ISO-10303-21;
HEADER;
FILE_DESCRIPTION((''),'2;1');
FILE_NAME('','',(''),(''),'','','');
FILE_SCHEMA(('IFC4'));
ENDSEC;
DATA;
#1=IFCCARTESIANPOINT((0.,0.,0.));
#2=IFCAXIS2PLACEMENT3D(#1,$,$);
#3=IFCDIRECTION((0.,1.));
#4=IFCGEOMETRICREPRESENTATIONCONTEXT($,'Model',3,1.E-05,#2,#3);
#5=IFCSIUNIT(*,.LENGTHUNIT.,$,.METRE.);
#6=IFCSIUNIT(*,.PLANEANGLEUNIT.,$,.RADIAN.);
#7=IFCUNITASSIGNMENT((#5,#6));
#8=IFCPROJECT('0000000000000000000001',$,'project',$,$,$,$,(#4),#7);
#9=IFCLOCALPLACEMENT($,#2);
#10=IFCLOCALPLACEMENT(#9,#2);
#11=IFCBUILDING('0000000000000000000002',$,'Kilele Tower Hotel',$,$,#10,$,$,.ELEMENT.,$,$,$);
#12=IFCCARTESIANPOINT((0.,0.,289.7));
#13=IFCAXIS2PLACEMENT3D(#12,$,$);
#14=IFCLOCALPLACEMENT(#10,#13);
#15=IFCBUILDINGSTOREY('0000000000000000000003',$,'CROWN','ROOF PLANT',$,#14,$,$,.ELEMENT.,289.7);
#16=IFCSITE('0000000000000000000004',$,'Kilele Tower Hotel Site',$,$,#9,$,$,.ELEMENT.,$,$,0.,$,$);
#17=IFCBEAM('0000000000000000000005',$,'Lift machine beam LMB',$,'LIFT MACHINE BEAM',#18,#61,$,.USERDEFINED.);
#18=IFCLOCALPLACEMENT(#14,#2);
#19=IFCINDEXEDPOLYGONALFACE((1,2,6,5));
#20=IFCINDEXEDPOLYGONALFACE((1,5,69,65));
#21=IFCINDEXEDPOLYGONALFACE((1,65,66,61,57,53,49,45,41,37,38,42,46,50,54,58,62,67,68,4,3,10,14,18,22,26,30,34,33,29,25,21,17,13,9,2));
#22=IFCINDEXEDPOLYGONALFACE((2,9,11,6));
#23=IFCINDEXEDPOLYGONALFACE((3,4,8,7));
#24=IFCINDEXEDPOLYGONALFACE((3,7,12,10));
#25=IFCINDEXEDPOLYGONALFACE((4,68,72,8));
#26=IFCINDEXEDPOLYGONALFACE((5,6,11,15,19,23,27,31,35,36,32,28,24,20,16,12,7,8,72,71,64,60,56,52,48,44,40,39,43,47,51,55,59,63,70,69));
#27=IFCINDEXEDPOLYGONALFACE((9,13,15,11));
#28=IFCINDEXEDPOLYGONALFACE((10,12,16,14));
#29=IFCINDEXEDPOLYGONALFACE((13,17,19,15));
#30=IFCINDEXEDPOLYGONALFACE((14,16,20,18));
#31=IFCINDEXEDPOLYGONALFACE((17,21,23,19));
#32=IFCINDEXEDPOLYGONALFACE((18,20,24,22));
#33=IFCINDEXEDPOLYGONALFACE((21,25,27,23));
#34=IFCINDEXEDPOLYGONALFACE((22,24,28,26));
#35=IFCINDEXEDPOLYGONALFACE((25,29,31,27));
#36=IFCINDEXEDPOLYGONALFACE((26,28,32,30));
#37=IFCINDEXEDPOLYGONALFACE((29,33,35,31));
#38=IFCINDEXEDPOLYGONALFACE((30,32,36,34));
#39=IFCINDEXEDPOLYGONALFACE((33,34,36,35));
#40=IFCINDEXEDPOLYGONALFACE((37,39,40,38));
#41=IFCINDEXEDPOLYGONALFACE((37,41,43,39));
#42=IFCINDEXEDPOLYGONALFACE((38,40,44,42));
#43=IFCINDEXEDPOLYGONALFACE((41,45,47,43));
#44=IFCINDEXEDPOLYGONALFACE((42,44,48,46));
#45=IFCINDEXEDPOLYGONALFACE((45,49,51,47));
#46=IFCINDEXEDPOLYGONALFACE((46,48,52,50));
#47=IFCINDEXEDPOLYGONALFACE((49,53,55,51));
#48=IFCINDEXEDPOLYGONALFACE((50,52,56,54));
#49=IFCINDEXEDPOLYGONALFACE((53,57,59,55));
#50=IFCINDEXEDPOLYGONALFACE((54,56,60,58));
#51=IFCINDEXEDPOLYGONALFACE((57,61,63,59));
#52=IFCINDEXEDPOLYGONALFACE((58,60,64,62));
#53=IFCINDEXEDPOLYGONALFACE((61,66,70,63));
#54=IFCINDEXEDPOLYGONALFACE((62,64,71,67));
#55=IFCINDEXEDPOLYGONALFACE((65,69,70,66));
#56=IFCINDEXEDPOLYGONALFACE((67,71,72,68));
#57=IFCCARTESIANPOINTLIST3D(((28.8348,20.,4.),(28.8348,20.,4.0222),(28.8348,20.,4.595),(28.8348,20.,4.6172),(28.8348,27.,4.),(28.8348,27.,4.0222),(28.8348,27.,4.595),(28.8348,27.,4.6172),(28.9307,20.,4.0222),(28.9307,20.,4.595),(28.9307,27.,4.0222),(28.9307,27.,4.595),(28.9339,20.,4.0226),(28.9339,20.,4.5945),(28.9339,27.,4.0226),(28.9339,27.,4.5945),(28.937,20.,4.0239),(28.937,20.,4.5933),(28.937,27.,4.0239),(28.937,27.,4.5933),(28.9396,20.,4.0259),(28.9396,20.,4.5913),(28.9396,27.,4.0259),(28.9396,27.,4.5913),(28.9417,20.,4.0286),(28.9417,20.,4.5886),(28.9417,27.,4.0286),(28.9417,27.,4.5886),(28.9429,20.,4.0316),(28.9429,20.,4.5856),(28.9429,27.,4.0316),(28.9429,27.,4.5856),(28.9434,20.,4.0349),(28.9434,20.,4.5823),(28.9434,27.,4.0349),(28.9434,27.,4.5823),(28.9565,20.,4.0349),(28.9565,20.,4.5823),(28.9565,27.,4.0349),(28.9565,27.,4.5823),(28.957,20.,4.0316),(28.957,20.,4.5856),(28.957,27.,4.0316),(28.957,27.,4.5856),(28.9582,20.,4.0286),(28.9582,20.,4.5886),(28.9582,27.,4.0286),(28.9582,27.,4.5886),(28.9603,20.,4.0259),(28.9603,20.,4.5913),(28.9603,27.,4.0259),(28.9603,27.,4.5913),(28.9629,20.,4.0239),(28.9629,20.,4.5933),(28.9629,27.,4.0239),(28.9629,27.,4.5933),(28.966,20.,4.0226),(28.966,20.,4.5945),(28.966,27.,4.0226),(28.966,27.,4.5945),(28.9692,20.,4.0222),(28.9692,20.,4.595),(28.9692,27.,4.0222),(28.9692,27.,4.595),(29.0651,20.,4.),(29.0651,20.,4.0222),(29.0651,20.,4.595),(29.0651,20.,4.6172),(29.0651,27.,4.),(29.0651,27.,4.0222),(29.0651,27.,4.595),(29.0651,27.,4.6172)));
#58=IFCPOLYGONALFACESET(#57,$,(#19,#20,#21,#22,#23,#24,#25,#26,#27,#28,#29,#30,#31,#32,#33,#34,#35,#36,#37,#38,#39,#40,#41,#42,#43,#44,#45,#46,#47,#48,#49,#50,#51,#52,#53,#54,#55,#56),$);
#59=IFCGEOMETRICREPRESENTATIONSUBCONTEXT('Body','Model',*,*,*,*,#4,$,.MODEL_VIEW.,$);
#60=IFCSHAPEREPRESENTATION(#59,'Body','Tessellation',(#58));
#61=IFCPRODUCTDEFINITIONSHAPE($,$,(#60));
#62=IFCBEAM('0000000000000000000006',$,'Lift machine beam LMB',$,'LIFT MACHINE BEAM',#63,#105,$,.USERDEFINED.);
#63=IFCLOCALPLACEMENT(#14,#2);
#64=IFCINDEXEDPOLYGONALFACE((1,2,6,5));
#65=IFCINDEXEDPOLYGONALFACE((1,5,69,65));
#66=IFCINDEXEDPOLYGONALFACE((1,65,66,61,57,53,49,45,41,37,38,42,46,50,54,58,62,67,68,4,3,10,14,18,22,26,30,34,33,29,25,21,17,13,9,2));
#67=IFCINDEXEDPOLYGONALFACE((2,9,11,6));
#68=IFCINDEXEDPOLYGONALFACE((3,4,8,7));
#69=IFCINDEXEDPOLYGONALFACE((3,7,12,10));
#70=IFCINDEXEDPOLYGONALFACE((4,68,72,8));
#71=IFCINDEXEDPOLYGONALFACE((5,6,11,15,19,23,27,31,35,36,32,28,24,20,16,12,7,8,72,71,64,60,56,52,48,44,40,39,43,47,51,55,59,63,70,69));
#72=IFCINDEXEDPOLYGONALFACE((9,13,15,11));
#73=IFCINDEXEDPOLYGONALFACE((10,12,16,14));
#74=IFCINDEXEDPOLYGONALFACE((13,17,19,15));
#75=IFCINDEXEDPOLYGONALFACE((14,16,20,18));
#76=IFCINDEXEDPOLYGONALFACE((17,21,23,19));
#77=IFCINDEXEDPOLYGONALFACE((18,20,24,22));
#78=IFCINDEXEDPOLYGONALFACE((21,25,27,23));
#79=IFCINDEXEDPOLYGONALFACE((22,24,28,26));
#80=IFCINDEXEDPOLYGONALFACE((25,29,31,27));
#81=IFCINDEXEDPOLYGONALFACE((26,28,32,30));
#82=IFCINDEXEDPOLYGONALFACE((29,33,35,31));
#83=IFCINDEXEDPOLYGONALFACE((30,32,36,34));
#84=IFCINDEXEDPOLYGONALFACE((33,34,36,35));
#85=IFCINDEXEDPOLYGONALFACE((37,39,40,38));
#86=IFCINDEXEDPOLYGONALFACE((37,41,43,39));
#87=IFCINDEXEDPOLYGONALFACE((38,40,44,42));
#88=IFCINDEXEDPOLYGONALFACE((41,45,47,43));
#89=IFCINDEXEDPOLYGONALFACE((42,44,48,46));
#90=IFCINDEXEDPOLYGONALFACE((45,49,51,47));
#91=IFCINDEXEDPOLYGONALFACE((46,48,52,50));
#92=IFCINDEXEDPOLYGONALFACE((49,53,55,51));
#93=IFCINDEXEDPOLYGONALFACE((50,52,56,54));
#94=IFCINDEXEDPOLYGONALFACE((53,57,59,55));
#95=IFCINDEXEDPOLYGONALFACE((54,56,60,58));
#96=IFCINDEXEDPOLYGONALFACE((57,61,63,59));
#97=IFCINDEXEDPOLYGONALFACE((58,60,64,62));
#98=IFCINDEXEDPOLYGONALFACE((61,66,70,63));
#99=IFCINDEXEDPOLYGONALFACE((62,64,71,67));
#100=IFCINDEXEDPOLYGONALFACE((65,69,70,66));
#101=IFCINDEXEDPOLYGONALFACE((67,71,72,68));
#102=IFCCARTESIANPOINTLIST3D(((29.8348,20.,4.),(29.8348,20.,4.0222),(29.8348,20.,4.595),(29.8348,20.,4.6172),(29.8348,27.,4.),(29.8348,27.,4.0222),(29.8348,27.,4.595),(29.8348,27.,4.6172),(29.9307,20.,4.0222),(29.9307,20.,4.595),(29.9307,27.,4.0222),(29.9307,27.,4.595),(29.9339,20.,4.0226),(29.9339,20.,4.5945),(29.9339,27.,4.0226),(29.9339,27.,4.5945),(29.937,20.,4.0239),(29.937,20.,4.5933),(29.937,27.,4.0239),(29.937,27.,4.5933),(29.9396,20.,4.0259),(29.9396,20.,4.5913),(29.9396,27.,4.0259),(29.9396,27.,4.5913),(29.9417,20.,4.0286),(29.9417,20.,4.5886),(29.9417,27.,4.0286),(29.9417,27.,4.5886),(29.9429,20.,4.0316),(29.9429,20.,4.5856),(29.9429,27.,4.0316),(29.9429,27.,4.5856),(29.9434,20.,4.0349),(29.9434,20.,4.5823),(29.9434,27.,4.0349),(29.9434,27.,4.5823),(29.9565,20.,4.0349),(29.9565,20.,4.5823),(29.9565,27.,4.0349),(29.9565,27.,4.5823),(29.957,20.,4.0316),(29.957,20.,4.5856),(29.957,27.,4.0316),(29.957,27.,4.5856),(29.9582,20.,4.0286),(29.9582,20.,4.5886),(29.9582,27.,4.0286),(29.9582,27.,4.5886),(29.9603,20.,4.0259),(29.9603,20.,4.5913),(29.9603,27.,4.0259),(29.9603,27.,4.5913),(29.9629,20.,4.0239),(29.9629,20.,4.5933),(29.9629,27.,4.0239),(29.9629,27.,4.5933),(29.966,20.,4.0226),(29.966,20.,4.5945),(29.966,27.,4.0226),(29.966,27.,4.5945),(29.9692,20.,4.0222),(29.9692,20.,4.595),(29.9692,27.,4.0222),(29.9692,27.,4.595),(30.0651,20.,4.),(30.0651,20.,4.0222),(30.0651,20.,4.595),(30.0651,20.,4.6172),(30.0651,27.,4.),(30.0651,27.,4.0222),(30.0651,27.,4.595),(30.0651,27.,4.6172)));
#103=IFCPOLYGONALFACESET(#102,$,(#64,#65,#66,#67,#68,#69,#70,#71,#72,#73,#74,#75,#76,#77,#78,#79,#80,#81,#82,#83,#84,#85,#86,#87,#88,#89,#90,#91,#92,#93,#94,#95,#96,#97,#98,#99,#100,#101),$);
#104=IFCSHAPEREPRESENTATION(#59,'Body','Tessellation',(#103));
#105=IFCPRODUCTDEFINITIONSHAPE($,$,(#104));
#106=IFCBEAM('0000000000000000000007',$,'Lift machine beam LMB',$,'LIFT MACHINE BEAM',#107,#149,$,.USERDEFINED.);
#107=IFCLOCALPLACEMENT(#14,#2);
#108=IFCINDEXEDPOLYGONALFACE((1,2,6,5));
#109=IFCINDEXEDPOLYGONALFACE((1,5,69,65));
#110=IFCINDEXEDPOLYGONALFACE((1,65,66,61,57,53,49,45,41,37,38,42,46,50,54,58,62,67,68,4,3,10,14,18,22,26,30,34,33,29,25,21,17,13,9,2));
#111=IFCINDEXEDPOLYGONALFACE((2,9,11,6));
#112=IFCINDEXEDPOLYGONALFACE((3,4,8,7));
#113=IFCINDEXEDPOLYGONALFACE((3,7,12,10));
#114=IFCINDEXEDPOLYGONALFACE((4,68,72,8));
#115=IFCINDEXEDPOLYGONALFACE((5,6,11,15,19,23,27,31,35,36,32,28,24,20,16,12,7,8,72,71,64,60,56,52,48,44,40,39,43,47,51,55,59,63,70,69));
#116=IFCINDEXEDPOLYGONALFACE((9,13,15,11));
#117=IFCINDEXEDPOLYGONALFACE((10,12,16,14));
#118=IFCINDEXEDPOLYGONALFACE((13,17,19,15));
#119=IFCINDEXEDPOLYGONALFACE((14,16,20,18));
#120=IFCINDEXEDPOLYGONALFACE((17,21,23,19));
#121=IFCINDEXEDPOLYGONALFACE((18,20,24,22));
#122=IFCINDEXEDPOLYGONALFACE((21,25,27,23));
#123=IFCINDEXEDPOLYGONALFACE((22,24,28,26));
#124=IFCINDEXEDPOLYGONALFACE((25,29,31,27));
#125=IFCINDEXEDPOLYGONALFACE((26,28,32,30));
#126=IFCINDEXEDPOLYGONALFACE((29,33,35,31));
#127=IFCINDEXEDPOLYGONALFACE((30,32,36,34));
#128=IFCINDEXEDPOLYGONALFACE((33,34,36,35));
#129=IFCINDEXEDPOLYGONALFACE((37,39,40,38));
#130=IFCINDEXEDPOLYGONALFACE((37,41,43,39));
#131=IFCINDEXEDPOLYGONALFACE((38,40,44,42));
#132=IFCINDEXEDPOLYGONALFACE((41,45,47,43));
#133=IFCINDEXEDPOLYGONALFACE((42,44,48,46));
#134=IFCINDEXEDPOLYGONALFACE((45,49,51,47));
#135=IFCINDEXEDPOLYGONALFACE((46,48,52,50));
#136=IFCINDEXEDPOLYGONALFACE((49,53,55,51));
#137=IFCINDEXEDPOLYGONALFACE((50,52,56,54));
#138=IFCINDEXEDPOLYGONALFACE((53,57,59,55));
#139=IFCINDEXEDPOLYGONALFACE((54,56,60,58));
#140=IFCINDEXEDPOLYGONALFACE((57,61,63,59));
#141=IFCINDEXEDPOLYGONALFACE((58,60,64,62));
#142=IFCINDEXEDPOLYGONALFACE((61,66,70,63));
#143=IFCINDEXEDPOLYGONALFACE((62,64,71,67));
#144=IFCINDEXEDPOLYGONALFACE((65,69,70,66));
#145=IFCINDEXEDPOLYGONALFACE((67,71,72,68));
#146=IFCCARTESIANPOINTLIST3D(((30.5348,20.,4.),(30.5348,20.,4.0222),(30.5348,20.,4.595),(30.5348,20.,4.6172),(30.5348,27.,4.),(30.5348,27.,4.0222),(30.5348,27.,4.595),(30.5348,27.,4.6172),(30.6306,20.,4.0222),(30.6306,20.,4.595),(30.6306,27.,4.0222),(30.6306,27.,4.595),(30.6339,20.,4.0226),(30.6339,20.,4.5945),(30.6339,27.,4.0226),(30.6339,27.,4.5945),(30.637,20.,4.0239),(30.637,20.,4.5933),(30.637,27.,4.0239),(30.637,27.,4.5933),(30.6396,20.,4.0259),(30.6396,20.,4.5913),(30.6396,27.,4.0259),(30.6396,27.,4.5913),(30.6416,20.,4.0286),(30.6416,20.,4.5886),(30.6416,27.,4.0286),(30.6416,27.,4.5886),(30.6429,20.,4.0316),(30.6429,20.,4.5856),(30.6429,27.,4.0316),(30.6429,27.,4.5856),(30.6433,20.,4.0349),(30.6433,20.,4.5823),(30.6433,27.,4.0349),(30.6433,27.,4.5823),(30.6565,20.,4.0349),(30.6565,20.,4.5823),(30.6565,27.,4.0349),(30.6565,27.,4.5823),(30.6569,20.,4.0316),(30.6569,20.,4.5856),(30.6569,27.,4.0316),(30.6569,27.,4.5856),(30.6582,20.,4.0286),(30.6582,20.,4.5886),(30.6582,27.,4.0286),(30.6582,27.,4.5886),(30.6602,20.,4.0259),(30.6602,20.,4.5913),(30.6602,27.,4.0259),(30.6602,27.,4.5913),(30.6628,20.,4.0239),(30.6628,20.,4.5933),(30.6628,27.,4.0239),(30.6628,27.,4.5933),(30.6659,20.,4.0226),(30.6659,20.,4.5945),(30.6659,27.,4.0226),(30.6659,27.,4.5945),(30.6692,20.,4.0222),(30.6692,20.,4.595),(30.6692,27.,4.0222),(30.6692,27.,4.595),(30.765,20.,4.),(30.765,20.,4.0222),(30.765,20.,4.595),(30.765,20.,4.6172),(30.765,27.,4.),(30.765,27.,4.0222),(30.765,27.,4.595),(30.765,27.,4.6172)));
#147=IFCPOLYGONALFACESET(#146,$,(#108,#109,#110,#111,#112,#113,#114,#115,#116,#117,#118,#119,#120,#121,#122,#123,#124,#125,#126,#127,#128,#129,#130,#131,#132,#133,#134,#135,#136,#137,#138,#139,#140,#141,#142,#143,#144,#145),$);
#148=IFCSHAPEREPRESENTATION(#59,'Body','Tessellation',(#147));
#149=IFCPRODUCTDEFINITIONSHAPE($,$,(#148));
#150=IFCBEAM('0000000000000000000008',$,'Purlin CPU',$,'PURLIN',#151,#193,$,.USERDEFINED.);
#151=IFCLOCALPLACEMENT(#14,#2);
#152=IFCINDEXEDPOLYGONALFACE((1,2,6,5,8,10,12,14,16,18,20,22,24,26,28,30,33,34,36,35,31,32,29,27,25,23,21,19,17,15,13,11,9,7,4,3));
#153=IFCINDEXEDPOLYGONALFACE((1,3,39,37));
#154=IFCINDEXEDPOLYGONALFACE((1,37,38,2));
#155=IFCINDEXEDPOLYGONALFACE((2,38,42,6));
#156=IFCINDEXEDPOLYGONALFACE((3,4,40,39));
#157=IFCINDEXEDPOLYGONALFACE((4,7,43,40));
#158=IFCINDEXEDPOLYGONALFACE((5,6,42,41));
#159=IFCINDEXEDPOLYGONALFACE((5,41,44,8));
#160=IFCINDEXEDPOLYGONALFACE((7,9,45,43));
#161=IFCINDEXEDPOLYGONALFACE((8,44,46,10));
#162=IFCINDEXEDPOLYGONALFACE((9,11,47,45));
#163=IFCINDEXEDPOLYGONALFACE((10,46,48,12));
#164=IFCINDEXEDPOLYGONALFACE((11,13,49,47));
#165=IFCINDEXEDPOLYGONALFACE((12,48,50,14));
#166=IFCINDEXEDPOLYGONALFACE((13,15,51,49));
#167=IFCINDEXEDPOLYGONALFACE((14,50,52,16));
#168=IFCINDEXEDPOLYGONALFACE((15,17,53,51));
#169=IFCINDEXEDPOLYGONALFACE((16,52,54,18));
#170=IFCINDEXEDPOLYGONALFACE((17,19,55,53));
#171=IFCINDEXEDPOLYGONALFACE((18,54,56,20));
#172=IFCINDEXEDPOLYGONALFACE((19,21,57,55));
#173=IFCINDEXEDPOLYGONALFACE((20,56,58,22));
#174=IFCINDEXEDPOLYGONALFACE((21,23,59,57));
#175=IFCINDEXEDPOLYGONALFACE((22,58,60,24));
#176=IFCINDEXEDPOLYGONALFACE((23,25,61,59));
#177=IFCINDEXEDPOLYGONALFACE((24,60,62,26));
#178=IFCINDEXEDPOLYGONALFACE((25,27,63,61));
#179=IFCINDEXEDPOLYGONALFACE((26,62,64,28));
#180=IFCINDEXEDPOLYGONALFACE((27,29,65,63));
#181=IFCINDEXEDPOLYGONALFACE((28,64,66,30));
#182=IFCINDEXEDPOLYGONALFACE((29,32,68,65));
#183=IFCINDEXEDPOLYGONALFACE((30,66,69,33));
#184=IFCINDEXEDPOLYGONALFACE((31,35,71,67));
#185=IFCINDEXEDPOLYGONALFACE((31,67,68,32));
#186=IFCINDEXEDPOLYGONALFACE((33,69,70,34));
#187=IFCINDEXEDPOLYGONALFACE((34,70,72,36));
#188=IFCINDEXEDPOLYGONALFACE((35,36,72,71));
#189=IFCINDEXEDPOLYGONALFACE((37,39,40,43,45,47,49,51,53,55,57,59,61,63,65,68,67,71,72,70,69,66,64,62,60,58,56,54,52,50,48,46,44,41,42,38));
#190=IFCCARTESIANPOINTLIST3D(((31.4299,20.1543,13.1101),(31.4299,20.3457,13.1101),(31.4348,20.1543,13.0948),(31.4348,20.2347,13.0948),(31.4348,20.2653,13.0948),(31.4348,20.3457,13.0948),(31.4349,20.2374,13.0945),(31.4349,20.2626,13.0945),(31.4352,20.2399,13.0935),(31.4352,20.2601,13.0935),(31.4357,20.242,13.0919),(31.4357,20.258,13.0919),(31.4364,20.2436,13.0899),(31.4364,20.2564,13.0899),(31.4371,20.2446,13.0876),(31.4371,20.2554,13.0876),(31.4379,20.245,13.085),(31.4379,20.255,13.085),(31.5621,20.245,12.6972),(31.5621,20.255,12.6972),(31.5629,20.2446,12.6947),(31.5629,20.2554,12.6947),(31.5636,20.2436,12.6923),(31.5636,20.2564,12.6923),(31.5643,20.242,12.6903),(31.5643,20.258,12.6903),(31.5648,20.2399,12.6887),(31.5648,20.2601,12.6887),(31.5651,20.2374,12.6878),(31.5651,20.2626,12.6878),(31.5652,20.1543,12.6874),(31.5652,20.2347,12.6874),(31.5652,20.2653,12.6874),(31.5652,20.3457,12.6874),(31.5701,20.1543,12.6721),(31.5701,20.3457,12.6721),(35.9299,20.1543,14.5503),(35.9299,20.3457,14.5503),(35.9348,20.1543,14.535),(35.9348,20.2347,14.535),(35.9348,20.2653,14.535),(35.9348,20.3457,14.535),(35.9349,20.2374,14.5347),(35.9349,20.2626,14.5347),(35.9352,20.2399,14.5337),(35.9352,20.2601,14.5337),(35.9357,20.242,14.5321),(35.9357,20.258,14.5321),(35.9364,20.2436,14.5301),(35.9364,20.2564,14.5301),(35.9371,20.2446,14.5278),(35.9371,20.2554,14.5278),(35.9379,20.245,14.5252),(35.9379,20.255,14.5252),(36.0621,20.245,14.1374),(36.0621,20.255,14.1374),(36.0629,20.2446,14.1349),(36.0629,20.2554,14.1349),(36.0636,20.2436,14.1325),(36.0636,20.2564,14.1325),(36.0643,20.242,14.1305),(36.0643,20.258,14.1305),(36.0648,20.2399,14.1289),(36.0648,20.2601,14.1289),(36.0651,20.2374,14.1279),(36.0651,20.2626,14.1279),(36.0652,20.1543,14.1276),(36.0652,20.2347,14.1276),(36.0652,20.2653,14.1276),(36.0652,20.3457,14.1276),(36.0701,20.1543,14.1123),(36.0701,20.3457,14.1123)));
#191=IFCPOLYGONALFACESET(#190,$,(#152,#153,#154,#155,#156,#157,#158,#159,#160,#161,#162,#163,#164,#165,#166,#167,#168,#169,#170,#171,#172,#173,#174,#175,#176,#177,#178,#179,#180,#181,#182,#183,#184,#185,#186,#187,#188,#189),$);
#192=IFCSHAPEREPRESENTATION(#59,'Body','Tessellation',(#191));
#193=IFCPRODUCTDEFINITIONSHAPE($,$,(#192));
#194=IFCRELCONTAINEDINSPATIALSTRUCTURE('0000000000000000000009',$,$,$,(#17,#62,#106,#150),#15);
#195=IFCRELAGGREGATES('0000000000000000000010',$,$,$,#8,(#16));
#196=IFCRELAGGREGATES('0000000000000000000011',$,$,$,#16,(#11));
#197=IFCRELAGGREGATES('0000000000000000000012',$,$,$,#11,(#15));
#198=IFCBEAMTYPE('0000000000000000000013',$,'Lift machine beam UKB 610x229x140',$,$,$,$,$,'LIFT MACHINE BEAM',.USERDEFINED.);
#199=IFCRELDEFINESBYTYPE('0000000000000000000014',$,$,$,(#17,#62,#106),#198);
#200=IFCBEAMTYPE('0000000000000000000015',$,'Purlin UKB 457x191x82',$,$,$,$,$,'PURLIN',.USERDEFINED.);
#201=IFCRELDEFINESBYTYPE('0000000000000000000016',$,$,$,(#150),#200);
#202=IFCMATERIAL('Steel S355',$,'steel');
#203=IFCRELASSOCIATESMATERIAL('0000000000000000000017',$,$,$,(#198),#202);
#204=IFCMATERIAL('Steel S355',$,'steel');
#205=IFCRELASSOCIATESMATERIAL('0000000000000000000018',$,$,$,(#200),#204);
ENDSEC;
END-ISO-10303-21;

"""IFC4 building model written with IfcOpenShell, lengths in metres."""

from ifc_helpers import new_model, si_unit, direction, frame, origin, origin_2d, place, context, subcontext, project, spatial, i_section, extrude, material, material_profile, profile_set, type_object, element, save


model = new_model("IFC4")

# Units and contexts
model_context = context("Model", 3, precision=1e-05, world=origin(), true_north=direction((0.0, 1.0)))
body_context = subcontext(model_context, "Body", "Model", "MODEL_VIEW")
ifc_project = project(units=[si_unit("LENGTHUNIT", "METRE"), si_unit("PLANEANGLEUNIT", "RADIAN")], contexts=[model_context])

# Site, building, storey
site_placement = place(None, origin())
site = spatial("IfcSite", under=ifc_project, at=site_placement, Name="Kilele Tower Hotel Site", CompositionType="ELEMENT", RefElevation=0.0)
building_placement = place(site_placement, origin())
building = spatial("IfcBuilding", under=site, at=building_placement, Name="Kilele Tower Hotel", CompositionType="ELEMENT")
storey_placement = place(building_placement, frame((0.0, 0.0, 289.7)))
storey = spatial("IfcBuildingStorey", under=building, at=storey_placement, Name="CROWN", Description="ROOF PLANT", CompositionType="ELEMENT", Elevation=289.7)

# Beams
ifc_material_1 = material(Name="Steel S355", Category="steel")
ifc_material_profile_1 = material_profile(ifc_material_1, i_section(OverallWidth=0.2302, OverallDepth=0.6172, WebThickness=0.0132, FlangeThickness=0.0222, FilletRadius=0.0127, at=origin_2d()))
ifc_profile_set_1 = profile_set([ifc_material_profile_1], Name="Steel S355")
beam_type_1 = type_object("IfcBeamType", Name="Lift machine beam UKB 610x229x140", ElementType="LIFT MACHINE BEAM", PredefinedType="USERDEFINED", material=ifc_profile_set_1)
for number, where, z_axis, x_axis, name in (
    (1, (28.95, 20.0, 4.3086), (0.0, 1.0, 0.0), (-1.0, 0.0, 0.0), "Lift machine beam LMB"),
    (2, (29.95, 20.0, 4.3086), (0.0, 1.0, 0.0), (-1.0, 0.0, 0.0), "Lift machine beam LMB"),
    (3, (30.6499, 20.0, 4.3086), (0.0, 1.0, 0.0), (-1.0, 0.0, 0.0), "Lift machine beam LMB"),
):
    element("IfcBeam", number, at=place(storey_placement, frame(where, z_axis=z_axis, x_axis=x_axis)), inside=storey, type_object=beam_type_1, Name=name, ObjectType="LIFT MACHINE BEAM", PredefinedType="USERDEFINED", context=body_context, shape_type="SweptSolid", body=[
        extrude(i_section(OverallWidth=0.2302, OverallDepth=0.6172, WebThickness=0.0132, FlangeThickness=0.0222, FilletRadius=0.0127, at=origin_2d()), origin(), (0.0, 0.0, 1.0), 7.0),
    ])
ifc_material_2 = material(Name="Steel S355", Category="steel")
ifc_material_profile_2 = material_profile(ifc_material_2, i_section(OverallWidth=0.1914, OverallDepth=0.46, WebThickness=0.01, FlangeThickness=0.0161, FilletRadius=0.0103, at=origin_2d()))
ifc_profile_set_2 = profile_set([ifc_material_profile_2], Name="Steel S355")
beam_type_2 = type_object("IfcBeamType", Name="Purlin UKB 457x191x82", ElementType="PURLIN", PredefinedType="USERDEFINED", material=ifc_profile_set_2)
for number, where, z_axis, x_axis, name in (
    (4, (31.5, 20.25, 12.8911), (0.952413, 0.0, 0.304811), (0.0, 1.0, 0.0), "Purlin CPU"),
):
    element("IfcBeam", number, at=place(storey_placement, frame(where, z_axis=z_axis, x_axis=x_axis)), inside=storey, type_object=beam_type_2, Name=name, ObjectType="PURLIN", PredefinedType="USERDEFINED", context=body_context, shape_type="SweptSolid", body=[
        extrude(i_section(OverallWidth=0.1914, OverallDepth=0.46, WebThickness=0.01, FlangeThickness=0.0161, FilletRadius=0.0103, at=origin_2d()), origin(), (0.0, 0.0, 1.0), 4.7249),
    ])

save(model, "model.ifc")
